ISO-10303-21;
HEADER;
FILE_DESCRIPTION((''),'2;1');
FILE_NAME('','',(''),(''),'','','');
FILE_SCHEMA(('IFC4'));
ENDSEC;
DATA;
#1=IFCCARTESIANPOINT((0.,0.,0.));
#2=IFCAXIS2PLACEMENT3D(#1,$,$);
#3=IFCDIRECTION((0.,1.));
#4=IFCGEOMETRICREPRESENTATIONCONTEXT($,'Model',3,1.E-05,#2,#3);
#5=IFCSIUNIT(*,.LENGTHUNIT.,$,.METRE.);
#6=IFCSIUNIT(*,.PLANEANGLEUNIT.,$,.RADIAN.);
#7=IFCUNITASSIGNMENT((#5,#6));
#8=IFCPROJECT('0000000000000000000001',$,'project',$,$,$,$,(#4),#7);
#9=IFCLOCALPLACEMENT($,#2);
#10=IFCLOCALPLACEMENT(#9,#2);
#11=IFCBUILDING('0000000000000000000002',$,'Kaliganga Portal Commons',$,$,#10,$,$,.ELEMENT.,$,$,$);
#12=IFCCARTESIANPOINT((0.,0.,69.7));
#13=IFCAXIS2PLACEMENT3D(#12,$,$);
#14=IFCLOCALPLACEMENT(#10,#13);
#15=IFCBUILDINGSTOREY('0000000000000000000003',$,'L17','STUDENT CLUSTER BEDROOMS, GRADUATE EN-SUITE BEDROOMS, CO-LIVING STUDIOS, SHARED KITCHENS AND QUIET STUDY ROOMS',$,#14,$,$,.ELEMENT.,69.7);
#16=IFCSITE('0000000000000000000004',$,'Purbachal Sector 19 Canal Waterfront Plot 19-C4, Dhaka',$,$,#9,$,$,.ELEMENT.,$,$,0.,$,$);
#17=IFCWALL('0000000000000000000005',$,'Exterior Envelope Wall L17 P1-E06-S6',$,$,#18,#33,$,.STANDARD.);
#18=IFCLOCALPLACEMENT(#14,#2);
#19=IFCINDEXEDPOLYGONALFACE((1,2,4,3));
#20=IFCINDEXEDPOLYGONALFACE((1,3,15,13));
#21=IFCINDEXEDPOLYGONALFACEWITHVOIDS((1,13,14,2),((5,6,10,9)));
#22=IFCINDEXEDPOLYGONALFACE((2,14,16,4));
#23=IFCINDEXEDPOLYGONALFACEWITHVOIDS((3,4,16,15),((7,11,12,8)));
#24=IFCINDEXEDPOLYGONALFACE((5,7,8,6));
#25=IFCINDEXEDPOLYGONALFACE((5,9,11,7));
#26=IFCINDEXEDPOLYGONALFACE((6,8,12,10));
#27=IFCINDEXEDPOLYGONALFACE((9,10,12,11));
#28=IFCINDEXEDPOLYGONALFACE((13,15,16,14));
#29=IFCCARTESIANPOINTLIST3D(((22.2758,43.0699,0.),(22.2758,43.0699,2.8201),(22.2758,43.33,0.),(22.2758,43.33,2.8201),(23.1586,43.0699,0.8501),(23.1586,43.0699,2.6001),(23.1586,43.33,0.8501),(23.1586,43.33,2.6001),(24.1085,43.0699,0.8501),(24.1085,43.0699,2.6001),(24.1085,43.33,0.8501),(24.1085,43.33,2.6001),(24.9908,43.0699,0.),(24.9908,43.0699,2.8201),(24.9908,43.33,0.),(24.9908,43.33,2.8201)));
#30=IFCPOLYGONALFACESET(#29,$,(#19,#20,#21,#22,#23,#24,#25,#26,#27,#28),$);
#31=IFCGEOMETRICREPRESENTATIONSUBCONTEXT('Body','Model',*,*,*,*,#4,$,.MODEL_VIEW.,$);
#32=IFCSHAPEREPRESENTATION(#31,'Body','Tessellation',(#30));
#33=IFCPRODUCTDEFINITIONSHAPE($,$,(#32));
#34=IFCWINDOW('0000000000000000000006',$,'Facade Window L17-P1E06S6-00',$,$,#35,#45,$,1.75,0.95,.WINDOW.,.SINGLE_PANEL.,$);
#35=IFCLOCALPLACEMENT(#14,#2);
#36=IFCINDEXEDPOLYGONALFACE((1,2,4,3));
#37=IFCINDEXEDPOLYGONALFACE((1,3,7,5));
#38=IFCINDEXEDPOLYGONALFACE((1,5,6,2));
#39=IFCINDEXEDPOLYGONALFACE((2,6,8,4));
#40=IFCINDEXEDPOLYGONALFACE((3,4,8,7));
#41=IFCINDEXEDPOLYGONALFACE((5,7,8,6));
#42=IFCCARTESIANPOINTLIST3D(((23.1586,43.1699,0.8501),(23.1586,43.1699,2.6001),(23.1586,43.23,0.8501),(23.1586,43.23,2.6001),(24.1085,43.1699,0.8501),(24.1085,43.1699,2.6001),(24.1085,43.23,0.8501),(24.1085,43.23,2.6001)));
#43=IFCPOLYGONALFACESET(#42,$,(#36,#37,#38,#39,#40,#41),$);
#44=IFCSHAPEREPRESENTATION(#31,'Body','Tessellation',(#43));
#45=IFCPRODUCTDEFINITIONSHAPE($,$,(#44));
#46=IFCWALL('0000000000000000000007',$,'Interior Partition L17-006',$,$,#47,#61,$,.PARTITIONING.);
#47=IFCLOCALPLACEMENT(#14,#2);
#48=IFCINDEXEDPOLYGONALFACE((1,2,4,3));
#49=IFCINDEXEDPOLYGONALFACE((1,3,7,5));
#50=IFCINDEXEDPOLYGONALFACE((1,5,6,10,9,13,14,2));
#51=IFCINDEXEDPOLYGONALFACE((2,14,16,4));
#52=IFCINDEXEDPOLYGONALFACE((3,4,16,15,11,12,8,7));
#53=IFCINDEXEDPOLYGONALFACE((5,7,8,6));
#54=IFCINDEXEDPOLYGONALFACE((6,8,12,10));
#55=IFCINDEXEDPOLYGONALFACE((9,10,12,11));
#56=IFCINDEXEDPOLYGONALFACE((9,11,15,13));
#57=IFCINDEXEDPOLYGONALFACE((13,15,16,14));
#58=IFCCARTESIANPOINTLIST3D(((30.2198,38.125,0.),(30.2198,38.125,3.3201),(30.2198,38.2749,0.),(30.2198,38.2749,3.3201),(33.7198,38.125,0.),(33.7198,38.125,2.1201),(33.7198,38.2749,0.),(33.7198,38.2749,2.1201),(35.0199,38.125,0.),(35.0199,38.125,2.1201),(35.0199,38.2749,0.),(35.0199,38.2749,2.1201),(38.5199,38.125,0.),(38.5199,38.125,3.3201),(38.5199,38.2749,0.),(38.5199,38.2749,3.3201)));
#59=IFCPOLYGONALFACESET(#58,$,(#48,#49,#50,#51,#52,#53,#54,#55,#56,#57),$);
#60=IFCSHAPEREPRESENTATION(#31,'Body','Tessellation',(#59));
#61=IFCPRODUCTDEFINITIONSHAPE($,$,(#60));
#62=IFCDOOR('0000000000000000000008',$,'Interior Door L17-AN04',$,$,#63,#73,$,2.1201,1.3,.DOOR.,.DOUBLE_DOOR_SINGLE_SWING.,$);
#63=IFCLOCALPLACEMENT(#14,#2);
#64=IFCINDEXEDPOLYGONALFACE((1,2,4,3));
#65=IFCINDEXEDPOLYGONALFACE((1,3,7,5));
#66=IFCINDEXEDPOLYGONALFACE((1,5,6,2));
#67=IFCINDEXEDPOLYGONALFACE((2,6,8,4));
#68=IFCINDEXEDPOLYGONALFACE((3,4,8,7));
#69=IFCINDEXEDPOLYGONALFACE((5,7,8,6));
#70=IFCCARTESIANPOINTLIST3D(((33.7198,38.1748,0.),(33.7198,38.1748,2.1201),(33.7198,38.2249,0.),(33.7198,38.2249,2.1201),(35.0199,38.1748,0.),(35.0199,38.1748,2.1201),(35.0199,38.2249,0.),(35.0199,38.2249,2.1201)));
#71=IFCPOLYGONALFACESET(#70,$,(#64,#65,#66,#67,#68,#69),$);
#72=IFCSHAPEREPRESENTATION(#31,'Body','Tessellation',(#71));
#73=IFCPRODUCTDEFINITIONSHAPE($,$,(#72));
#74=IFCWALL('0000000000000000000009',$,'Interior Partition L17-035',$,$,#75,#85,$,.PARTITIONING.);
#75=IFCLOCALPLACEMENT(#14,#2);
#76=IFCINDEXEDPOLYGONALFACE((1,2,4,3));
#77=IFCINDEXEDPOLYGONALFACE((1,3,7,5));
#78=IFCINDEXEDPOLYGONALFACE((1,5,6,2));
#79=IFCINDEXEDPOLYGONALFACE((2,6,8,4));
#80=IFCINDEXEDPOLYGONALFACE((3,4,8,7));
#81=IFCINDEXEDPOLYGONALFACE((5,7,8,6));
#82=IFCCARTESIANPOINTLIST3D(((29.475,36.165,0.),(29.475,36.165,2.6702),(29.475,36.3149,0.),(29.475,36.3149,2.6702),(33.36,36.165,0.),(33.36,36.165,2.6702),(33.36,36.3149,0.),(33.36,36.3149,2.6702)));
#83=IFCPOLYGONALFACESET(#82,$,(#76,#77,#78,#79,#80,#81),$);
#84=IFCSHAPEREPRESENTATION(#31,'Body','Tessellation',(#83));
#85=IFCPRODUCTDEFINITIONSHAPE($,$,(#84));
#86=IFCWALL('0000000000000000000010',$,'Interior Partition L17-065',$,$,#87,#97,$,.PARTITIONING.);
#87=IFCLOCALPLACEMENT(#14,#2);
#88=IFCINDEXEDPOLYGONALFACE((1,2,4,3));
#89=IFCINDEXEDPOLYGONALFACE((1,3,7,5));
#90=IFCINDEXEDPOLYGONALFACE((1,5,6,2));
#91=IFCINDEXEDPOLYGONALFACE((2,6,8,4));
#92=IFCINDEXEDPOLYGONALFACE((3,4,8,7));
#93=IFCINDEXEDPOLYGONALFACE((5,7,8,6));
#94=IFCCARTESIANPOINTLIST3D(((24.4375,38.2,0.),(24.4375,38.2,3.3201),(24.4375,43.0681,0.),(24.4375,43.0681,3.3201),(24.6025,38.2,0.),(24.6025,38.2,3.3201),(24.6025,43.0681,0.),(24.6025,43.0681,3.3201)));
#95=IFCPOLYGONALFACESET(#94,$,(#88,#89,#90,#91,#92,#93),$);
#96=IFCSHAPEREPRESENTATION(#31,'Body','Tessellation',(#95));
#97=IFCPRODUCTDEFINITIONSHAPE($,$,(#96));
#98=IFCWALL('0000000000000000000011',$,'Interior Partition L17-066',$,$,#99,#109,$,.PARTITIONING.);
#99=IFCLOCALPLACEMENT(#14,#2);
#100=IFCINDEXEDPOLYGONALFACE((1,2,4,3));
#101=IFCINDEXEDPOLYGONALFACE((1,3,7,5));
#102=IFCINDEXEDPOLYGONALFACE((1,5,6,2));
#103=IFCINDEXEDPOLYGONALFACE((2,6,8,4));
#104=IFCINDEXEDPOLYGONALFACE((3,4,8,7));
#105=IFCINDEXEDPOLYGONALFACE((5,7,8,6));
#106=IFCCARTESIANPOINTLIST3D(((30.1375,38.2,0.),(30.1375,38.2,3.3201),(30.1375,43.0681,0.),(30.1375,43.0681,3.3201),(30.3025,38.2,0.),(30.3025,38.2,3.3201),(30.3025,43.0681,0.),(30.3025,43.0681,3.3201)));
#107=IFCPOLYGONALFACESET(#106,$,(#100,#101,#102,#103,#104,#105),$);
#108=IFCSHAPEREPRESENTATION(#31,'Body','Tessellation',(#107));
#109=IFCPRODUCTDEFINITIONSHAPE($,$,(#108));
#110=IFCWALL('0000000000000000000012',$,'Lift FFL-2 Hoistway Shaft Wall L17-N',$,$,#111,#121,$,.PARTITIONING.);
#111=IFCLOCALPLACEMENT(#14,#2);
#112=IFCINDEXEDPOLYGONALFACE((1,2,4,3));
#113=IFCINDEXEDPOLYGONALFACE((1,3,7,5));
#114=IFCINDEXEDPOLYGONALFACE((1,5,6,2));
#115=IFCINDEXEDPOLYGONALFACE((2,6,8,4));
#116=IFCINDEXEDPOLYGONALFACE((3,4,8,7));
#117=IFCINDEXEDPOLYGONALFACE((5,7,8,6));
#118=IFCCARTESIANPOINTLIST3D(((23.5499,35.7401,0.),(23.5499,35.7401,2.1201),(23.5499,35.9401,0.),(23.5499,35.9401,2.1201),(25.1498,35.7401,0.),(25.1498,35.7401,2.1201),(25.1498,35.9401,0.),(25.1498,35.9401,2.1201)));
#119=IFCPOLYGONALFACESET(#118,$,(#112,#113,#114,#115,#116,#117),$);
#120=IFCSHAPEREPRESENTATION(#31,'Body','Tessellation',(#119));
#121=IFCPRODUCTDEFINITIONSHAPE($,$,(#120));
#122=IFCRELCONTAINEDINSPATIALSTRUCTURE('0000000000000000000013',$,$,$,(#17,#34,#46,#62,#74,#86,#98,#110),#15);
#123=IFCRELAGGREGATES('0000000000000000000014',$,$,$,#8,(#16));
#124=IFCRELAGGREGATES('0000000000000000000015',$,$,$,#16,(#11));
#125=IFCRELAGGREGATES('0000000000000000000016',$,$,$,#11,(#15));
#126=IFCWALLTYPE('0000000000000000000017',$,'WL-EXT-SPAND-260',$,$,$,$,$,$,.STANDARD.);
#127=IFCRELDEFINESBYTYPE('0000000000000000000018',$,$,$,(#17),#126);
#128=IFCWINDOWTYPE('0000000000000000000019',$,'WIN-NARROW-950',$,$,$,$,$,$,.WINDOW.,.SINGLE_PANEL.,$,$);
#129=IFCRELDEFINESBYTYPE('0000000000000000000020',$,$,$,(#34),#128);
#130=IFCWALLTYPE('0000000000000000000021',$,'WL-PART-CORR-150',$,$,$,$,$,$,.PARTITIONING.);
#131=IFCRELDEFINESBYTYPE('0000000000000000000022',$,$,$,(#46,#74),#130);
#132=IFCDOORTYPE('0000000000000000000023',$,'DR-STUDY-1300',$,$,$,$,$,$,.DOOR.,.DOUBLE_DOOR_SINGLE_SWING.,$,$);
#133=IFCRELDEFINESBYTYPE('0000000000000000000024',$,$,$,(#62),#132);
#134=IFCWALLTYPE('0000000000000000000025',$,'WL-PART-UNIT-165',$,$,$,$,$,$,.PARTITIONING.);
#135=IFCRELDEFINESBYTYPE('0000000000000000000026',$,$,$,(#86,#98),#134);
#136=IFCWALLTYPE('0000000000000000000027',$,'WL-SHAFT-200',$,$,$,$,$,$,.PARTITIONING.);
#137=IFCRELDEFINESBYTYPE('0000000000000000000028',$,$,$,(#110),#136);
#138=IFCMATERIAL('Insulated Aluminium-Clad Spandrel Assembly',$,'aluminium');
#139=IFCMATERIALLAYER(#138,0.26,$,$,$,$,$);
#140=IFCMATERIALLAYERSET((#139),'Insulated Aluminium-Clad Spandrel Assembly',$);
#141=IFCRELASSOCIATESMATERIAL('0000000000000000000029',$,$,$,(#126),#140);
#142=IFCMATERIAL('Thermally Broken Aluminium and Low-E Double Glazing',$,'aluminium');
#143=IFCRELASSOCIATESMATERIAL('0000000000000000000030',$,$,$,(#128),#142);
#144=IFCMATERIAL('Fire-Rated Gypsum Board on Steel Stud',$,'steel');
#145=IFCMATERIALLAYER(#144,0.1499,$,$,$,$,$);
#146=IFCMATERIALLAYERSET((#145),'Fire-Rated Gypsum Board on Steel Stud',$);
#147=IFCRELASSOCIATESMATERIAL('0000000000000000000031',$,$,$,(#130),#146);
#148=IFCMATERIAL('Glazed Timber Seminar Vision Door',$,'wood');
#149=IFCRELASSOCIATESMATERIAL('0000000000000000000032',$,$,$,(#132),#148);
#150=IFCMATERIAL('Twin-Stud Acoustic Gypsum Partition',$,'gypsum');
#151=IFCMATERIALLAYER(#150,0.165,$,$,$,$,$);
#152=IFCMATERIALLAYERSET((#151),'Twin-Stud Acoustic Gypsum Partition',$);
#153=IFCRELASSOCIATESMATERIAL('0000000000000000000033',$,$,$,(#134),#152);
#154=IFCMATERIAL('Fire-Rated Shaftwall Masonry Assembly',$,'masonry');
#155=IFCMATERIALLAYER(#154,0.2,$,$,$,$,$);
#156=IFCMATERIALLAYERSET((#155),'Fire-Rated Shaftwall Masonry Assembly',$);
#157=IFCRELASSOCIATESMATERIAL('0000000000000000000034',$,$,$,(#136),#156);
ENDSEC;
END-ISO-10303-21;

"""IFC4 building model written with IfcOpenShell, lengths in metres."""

from ifc_helpers import new_model, si_unit, direction, frame, frame_2d, origin, place, context, subcontext, project, spatial, rectangle, extrude, material, layer, layer_set, type_object, element, fill, save


model = new_model("IFC4")

# Units and contexts
model_context = context("Model", 3, precision=1e-05, world=origin(), true_north=direction((0.0, 1.0)))
body_context = subcontext(model_context, "Body", "Model", "MODEL_VIEW")
ifc_project = project(units=[si_unit("LENGTHUNIT", "METRE"), si_unit("PLANEANGLEUNIT", "RADIAN")], contexts=[model_context])

# Site, building, storey
site_placement = place(None, origin())
site = spatial("IfcSite", under=ifc_project, at=site_placement, Name="Purbachal Sector 19 Canal Waterfront Plot 19-C4, Dhaka", CompositionType="ELEMENT", RefElevation=0.0)
building_placement = place(site_placement, origin())
building = spatial("IfcBuilding", under=site, at=building_placement, Name="Kaliganga Portal Commons", CompositionType="ELEMENT")
storey_placement = place(building_placement, frame((0.0, 0.0, 69.7)))
storey = spatial("IfcBuildingStorey", under=building, at=storey_placement, Name="L17", Description="STUDENT CLUSTER BEDROOMS, GRADUATE EN-SUITE BEDROOMS, CO-LIVING STUDIOS, SHARED KITCHENS AND QUIET STUDY ROOMS", CompositionType="ELEMENT", Elevation=69.7)

# Wall, opening, window
ifc_material_1 = material(Name="Insulated Aluminium-Clad Spandrel Assembly", Category="aluminium")
ifc_layer_1 = layer(ifc_material_1, 0.26)
ifc_layer_set_1 = layer_set([ifc_layer_1], Name="Insulated Aluminium-Clad Spandrel Assembly")
wall_type_1 = type_object("IfcWallType", Name="WL-EXT-SPAND-260", PredefinedType="STANDARD", material=ifc_layer_set_1)
ifc_material_2 = material(Name="Thermally Broken Aluminium and Low-E Double Glazing", Category="aluminium")
window_type = type_object("IfcWindowType", Name="WIN-NARROW-950", PartitioningType="SINGLE_PANEL", PredefinedType="WINDOW", material=ifc_material_2)
wall_1_placement = place(storey_placement, frame((22.2759, 43.2, 0.0), z_axis=(0.0, 0.0, 1.0), x_axis=(1.0, 0.0, 0.0)))
wall_1 = element("IfcWall", 1, at=wall_1_placement, inside=storey, type_object=wall_type_1, Name="Exterior Envelope Wall L17 P1-E06-S6", PredefinedType="STANDARD", context=body_context, shape_type="SweptSolid", body=[
    extrude(rectangle(XDim=2.7151, YDim=0.26, at=frame_2d((1.3574, 0.0))), origin(), (0.0, 0.0, 1.0), 2.8201),
])
opening_1_placement = place(wall_1_placement, frame((0.8826, 0.0, 0.8501)))
opening_1 = element("IfcOpeningElement", 2, at=opening_1_placement, cuts=wall_1, PredefinedType="OPENING", context=body_context, shape_type="SweptSolid", body=[
    extrude(rectangle(XDim=0.95, YDim=1.75, at=frame_2d((0.4751, 0.875))), frame((0.0, 0.1401, 0.0), z_axis=(0.0, -1.0, 0.0), x_axis=(1.0, 0.0, 0.0)), (0.0, 0.0, 1.0), 0.28),
])
window_1_placement = place(opening_1_placement, origin())
window_1 = element("IfcWindow", 3, at=window_1_placement, inside=storey, type_object=window_type, Name="Facade Window L17-P1E06S6-00", OverallHeight=1.75, OverallWidth=0.95, PartitioningType="SINGLE_PANEL", PredefinedType="WINDOW", context=body_context, shape_type="SweptSolid", body=[
    extrude(rectangle(XDim=0.95, YDim=1.75, at=frame_2d((0.4751, 0.875))), frame((0.0, 0.03, 0.0), z_axis=(0.0, -1.0, 0.0), x_axis=(1.0, 0.0, 0.0)), (0.0, 0.0, 1.0), 0.0601),
])
fill(opening_1, window_1)

# Wall, opening, door
ifc_material_3 = material(Name="Fire-Rated Gypsum Board on Steel Stud", Category="steel")
ifc_layer_2 = layer(ifc_material_3, 0.1499)
ifc_layer_set_2 = layer_set([ifc_layer_2], Name="Fire-Rated Gypsum Board on Steel Stud")
wall_type_2 = type_object("IfcWallType", Name="WL-PART-CORR-150", PredefinedType="PARTITIONING", material=ifc_layer_set_2)
wall_2_placement = place(storey_placement, frame((30.22, 38.2, 0.0), z_axis=(0.0, 0.0, 1.0), x_axis=(1.0, 0.0, 0.0)))
wall_2 = element("IfcWall", 4, at=wall_2_placement, inside=storey, type_object=wall_type_2, Name="Interior Partition L17-006", PredefinedType="PARTITIONING", context=body_context, shape_type="SweptSolid", body=[
    extrude(rectangle(XDim=8.3, YDim=0.1499, at=frame_2d((4.1499, 0.0))), origin(), (0.0, 0.0, 1.0), 3.3201),
])
opening_2_placement = place(wall_2_placement, frame((3.5, 0.0, 0.0)))
opening_2 = element("IfcOpeningElement", 5, at=opening_2_placement, cuts=wall_2, PredefinedType="OPENING", context=body_context, shape_type="SweptSolid", body=[
    extrude(rectangle(XDim=1.3, YDim=2.1201, at=frame_2d((0.6499, 1.0601))), frame((0.0, 0.085, 0.0), z_axis=(0.0, -1.0, 0.0), x_axis=(1.0, 0.0, 0.0)), (0.0, 0.0, 1.0), 0.1699),
])
ifc_material_4 = material(Name="Glazed Timber Seminar Vision Door", Category="wood")
door_type = type_object("IfcDoorType", Name="DR-STUDY-1300", OperationType="DOUBLE_DOOR_SINGLE_SWING", PredefinedType="DOOR", material=ifc_material_4)
door_1_placement = place(opening_2_placement, origin())
door_1 = element("IfcDoor", 6, at=door_1_placement, inside=storey, type_object=door_type, Name="Interior Door L17-AN04", OperationType="DOUBLE_DOOR_SINGLE_SWING", OverallHeight=2.1201, OverallWidth=1.3, PredefinedType="DOOR", context=body_context, shape_type="SweptSolid", body=[
    extrude(rectangle(XDim=1.3, YDim=2.1201, at=frame_2d((0.6499, 1.0601))), frame((0.0, 0.0249, 0.0), z_axis=(0.0, -1.0, 0.0), x_axis=(1.0, 0.0, 0.0)), (0.0, 0.0, 1.0), 0.05),
])
fill(opening_2, door_1)

# Walls
wall_3_placement = place(storey_placement, frame((29.4751, 36.24, 0.0), z_axis=(0.0, 0.0, 1.0), x_axis=(1.0, 0.0, 0.0)))
element("IfcWall", 7, at=wall_3_placement, inside=storey, type_object=wall_type_2, Name="Interior Partition L17-035", PredefinedType="PARTITIONING", context=body_context, shape_type="SweptSolid", body=[
    extrude(rectangle(XDim=3.885, YDim=0.1499, at=frame_2d((1.9424, 0.0))), origin(), (0.0, 0.0, 1.0), 2.6702),
])
ifc_material_5 = material(Name="Twin-Stud Acoustic Gypsum Partition", Category="gypsum")
ifc_layer_3 = layer(ifc_material_5, 0.165)
ifc_layer_set_3 = layer_set([ifc_layer_3], Name="Twin-Stud Acoustic Gypsum Partition")
wall_type_3 = type_object("IfcWallType", Name="WL-PART-UNIT-165", PredefinedType="PARTITIONING", material=ifc_layer_set_3)
for number, where, z_axis, x_axis, name in (
    (8, (24.52, 38.2, 0.0), (0.0, 0.0, 1.0), (0.0, 1.0, 0.0), "Interior Partition L17-065"),
    (9, (30.22, 38.2, 0.0), (0.0, 0.0, 1.0), (0.0, 1.0, 0.0), "Interior Partition L17-066"),
):
    element("IfcWall", number, at=place(storey_placement, frame(where, z_axis=z_axis, x_axis=x_axis)), inside=storey, type_object=wall_type_3, Name=name, PredefinedType="PARTITIONING", context=body_context, shape_type="SweptSolid", body=[
        extrude(rectangle(XDim=4.8682, YDim=0.165, at=frame_2d((2.4341, 0.0))), origin(), (0.0, 0.0, 1.0), 3.3201),
    ])
ifc_material_6 = material(Name="Fire-Rated Shaftwall Masonry Assembly", Category="masonry")
ifc_layer_4 = layer(ifc_material_6, 0.2)
ifc_layer_set_4 = layer_set([ifc_layer_4], Name="Fire-Rated Shaftwall Masonry Assembly")
wall_type_4 = type_object("IfcWallType", Name="WL-SHAFT-200", PredefinedType="PARTITIONING", material=ifc_layer_set_4)
wall_4_placement = place(storey_placement, frame((23.55, 35.8401, 0.0), z_axis=(0.0, 0.0, 1.0), x_axis=(1.0, 0.0, 0.0)))
element("IfcWall", 10, at=wall_4_placement, inside=storey, type_object=wall_type_4, Name="Lift FFL-2 Hoistway Shaft Wall L17-N", PredefinedType="PARTITIONING", context=body_context, shape_type="SweptSolid", body=[
    extrude(rectangle(XDim=1.5999, YDim=0.2, at=frame_2d((0.7998, 0.0))), origin(), (0.0, 0.0, 1.0), 2.1201),
])

save(model, "model.ifc")
